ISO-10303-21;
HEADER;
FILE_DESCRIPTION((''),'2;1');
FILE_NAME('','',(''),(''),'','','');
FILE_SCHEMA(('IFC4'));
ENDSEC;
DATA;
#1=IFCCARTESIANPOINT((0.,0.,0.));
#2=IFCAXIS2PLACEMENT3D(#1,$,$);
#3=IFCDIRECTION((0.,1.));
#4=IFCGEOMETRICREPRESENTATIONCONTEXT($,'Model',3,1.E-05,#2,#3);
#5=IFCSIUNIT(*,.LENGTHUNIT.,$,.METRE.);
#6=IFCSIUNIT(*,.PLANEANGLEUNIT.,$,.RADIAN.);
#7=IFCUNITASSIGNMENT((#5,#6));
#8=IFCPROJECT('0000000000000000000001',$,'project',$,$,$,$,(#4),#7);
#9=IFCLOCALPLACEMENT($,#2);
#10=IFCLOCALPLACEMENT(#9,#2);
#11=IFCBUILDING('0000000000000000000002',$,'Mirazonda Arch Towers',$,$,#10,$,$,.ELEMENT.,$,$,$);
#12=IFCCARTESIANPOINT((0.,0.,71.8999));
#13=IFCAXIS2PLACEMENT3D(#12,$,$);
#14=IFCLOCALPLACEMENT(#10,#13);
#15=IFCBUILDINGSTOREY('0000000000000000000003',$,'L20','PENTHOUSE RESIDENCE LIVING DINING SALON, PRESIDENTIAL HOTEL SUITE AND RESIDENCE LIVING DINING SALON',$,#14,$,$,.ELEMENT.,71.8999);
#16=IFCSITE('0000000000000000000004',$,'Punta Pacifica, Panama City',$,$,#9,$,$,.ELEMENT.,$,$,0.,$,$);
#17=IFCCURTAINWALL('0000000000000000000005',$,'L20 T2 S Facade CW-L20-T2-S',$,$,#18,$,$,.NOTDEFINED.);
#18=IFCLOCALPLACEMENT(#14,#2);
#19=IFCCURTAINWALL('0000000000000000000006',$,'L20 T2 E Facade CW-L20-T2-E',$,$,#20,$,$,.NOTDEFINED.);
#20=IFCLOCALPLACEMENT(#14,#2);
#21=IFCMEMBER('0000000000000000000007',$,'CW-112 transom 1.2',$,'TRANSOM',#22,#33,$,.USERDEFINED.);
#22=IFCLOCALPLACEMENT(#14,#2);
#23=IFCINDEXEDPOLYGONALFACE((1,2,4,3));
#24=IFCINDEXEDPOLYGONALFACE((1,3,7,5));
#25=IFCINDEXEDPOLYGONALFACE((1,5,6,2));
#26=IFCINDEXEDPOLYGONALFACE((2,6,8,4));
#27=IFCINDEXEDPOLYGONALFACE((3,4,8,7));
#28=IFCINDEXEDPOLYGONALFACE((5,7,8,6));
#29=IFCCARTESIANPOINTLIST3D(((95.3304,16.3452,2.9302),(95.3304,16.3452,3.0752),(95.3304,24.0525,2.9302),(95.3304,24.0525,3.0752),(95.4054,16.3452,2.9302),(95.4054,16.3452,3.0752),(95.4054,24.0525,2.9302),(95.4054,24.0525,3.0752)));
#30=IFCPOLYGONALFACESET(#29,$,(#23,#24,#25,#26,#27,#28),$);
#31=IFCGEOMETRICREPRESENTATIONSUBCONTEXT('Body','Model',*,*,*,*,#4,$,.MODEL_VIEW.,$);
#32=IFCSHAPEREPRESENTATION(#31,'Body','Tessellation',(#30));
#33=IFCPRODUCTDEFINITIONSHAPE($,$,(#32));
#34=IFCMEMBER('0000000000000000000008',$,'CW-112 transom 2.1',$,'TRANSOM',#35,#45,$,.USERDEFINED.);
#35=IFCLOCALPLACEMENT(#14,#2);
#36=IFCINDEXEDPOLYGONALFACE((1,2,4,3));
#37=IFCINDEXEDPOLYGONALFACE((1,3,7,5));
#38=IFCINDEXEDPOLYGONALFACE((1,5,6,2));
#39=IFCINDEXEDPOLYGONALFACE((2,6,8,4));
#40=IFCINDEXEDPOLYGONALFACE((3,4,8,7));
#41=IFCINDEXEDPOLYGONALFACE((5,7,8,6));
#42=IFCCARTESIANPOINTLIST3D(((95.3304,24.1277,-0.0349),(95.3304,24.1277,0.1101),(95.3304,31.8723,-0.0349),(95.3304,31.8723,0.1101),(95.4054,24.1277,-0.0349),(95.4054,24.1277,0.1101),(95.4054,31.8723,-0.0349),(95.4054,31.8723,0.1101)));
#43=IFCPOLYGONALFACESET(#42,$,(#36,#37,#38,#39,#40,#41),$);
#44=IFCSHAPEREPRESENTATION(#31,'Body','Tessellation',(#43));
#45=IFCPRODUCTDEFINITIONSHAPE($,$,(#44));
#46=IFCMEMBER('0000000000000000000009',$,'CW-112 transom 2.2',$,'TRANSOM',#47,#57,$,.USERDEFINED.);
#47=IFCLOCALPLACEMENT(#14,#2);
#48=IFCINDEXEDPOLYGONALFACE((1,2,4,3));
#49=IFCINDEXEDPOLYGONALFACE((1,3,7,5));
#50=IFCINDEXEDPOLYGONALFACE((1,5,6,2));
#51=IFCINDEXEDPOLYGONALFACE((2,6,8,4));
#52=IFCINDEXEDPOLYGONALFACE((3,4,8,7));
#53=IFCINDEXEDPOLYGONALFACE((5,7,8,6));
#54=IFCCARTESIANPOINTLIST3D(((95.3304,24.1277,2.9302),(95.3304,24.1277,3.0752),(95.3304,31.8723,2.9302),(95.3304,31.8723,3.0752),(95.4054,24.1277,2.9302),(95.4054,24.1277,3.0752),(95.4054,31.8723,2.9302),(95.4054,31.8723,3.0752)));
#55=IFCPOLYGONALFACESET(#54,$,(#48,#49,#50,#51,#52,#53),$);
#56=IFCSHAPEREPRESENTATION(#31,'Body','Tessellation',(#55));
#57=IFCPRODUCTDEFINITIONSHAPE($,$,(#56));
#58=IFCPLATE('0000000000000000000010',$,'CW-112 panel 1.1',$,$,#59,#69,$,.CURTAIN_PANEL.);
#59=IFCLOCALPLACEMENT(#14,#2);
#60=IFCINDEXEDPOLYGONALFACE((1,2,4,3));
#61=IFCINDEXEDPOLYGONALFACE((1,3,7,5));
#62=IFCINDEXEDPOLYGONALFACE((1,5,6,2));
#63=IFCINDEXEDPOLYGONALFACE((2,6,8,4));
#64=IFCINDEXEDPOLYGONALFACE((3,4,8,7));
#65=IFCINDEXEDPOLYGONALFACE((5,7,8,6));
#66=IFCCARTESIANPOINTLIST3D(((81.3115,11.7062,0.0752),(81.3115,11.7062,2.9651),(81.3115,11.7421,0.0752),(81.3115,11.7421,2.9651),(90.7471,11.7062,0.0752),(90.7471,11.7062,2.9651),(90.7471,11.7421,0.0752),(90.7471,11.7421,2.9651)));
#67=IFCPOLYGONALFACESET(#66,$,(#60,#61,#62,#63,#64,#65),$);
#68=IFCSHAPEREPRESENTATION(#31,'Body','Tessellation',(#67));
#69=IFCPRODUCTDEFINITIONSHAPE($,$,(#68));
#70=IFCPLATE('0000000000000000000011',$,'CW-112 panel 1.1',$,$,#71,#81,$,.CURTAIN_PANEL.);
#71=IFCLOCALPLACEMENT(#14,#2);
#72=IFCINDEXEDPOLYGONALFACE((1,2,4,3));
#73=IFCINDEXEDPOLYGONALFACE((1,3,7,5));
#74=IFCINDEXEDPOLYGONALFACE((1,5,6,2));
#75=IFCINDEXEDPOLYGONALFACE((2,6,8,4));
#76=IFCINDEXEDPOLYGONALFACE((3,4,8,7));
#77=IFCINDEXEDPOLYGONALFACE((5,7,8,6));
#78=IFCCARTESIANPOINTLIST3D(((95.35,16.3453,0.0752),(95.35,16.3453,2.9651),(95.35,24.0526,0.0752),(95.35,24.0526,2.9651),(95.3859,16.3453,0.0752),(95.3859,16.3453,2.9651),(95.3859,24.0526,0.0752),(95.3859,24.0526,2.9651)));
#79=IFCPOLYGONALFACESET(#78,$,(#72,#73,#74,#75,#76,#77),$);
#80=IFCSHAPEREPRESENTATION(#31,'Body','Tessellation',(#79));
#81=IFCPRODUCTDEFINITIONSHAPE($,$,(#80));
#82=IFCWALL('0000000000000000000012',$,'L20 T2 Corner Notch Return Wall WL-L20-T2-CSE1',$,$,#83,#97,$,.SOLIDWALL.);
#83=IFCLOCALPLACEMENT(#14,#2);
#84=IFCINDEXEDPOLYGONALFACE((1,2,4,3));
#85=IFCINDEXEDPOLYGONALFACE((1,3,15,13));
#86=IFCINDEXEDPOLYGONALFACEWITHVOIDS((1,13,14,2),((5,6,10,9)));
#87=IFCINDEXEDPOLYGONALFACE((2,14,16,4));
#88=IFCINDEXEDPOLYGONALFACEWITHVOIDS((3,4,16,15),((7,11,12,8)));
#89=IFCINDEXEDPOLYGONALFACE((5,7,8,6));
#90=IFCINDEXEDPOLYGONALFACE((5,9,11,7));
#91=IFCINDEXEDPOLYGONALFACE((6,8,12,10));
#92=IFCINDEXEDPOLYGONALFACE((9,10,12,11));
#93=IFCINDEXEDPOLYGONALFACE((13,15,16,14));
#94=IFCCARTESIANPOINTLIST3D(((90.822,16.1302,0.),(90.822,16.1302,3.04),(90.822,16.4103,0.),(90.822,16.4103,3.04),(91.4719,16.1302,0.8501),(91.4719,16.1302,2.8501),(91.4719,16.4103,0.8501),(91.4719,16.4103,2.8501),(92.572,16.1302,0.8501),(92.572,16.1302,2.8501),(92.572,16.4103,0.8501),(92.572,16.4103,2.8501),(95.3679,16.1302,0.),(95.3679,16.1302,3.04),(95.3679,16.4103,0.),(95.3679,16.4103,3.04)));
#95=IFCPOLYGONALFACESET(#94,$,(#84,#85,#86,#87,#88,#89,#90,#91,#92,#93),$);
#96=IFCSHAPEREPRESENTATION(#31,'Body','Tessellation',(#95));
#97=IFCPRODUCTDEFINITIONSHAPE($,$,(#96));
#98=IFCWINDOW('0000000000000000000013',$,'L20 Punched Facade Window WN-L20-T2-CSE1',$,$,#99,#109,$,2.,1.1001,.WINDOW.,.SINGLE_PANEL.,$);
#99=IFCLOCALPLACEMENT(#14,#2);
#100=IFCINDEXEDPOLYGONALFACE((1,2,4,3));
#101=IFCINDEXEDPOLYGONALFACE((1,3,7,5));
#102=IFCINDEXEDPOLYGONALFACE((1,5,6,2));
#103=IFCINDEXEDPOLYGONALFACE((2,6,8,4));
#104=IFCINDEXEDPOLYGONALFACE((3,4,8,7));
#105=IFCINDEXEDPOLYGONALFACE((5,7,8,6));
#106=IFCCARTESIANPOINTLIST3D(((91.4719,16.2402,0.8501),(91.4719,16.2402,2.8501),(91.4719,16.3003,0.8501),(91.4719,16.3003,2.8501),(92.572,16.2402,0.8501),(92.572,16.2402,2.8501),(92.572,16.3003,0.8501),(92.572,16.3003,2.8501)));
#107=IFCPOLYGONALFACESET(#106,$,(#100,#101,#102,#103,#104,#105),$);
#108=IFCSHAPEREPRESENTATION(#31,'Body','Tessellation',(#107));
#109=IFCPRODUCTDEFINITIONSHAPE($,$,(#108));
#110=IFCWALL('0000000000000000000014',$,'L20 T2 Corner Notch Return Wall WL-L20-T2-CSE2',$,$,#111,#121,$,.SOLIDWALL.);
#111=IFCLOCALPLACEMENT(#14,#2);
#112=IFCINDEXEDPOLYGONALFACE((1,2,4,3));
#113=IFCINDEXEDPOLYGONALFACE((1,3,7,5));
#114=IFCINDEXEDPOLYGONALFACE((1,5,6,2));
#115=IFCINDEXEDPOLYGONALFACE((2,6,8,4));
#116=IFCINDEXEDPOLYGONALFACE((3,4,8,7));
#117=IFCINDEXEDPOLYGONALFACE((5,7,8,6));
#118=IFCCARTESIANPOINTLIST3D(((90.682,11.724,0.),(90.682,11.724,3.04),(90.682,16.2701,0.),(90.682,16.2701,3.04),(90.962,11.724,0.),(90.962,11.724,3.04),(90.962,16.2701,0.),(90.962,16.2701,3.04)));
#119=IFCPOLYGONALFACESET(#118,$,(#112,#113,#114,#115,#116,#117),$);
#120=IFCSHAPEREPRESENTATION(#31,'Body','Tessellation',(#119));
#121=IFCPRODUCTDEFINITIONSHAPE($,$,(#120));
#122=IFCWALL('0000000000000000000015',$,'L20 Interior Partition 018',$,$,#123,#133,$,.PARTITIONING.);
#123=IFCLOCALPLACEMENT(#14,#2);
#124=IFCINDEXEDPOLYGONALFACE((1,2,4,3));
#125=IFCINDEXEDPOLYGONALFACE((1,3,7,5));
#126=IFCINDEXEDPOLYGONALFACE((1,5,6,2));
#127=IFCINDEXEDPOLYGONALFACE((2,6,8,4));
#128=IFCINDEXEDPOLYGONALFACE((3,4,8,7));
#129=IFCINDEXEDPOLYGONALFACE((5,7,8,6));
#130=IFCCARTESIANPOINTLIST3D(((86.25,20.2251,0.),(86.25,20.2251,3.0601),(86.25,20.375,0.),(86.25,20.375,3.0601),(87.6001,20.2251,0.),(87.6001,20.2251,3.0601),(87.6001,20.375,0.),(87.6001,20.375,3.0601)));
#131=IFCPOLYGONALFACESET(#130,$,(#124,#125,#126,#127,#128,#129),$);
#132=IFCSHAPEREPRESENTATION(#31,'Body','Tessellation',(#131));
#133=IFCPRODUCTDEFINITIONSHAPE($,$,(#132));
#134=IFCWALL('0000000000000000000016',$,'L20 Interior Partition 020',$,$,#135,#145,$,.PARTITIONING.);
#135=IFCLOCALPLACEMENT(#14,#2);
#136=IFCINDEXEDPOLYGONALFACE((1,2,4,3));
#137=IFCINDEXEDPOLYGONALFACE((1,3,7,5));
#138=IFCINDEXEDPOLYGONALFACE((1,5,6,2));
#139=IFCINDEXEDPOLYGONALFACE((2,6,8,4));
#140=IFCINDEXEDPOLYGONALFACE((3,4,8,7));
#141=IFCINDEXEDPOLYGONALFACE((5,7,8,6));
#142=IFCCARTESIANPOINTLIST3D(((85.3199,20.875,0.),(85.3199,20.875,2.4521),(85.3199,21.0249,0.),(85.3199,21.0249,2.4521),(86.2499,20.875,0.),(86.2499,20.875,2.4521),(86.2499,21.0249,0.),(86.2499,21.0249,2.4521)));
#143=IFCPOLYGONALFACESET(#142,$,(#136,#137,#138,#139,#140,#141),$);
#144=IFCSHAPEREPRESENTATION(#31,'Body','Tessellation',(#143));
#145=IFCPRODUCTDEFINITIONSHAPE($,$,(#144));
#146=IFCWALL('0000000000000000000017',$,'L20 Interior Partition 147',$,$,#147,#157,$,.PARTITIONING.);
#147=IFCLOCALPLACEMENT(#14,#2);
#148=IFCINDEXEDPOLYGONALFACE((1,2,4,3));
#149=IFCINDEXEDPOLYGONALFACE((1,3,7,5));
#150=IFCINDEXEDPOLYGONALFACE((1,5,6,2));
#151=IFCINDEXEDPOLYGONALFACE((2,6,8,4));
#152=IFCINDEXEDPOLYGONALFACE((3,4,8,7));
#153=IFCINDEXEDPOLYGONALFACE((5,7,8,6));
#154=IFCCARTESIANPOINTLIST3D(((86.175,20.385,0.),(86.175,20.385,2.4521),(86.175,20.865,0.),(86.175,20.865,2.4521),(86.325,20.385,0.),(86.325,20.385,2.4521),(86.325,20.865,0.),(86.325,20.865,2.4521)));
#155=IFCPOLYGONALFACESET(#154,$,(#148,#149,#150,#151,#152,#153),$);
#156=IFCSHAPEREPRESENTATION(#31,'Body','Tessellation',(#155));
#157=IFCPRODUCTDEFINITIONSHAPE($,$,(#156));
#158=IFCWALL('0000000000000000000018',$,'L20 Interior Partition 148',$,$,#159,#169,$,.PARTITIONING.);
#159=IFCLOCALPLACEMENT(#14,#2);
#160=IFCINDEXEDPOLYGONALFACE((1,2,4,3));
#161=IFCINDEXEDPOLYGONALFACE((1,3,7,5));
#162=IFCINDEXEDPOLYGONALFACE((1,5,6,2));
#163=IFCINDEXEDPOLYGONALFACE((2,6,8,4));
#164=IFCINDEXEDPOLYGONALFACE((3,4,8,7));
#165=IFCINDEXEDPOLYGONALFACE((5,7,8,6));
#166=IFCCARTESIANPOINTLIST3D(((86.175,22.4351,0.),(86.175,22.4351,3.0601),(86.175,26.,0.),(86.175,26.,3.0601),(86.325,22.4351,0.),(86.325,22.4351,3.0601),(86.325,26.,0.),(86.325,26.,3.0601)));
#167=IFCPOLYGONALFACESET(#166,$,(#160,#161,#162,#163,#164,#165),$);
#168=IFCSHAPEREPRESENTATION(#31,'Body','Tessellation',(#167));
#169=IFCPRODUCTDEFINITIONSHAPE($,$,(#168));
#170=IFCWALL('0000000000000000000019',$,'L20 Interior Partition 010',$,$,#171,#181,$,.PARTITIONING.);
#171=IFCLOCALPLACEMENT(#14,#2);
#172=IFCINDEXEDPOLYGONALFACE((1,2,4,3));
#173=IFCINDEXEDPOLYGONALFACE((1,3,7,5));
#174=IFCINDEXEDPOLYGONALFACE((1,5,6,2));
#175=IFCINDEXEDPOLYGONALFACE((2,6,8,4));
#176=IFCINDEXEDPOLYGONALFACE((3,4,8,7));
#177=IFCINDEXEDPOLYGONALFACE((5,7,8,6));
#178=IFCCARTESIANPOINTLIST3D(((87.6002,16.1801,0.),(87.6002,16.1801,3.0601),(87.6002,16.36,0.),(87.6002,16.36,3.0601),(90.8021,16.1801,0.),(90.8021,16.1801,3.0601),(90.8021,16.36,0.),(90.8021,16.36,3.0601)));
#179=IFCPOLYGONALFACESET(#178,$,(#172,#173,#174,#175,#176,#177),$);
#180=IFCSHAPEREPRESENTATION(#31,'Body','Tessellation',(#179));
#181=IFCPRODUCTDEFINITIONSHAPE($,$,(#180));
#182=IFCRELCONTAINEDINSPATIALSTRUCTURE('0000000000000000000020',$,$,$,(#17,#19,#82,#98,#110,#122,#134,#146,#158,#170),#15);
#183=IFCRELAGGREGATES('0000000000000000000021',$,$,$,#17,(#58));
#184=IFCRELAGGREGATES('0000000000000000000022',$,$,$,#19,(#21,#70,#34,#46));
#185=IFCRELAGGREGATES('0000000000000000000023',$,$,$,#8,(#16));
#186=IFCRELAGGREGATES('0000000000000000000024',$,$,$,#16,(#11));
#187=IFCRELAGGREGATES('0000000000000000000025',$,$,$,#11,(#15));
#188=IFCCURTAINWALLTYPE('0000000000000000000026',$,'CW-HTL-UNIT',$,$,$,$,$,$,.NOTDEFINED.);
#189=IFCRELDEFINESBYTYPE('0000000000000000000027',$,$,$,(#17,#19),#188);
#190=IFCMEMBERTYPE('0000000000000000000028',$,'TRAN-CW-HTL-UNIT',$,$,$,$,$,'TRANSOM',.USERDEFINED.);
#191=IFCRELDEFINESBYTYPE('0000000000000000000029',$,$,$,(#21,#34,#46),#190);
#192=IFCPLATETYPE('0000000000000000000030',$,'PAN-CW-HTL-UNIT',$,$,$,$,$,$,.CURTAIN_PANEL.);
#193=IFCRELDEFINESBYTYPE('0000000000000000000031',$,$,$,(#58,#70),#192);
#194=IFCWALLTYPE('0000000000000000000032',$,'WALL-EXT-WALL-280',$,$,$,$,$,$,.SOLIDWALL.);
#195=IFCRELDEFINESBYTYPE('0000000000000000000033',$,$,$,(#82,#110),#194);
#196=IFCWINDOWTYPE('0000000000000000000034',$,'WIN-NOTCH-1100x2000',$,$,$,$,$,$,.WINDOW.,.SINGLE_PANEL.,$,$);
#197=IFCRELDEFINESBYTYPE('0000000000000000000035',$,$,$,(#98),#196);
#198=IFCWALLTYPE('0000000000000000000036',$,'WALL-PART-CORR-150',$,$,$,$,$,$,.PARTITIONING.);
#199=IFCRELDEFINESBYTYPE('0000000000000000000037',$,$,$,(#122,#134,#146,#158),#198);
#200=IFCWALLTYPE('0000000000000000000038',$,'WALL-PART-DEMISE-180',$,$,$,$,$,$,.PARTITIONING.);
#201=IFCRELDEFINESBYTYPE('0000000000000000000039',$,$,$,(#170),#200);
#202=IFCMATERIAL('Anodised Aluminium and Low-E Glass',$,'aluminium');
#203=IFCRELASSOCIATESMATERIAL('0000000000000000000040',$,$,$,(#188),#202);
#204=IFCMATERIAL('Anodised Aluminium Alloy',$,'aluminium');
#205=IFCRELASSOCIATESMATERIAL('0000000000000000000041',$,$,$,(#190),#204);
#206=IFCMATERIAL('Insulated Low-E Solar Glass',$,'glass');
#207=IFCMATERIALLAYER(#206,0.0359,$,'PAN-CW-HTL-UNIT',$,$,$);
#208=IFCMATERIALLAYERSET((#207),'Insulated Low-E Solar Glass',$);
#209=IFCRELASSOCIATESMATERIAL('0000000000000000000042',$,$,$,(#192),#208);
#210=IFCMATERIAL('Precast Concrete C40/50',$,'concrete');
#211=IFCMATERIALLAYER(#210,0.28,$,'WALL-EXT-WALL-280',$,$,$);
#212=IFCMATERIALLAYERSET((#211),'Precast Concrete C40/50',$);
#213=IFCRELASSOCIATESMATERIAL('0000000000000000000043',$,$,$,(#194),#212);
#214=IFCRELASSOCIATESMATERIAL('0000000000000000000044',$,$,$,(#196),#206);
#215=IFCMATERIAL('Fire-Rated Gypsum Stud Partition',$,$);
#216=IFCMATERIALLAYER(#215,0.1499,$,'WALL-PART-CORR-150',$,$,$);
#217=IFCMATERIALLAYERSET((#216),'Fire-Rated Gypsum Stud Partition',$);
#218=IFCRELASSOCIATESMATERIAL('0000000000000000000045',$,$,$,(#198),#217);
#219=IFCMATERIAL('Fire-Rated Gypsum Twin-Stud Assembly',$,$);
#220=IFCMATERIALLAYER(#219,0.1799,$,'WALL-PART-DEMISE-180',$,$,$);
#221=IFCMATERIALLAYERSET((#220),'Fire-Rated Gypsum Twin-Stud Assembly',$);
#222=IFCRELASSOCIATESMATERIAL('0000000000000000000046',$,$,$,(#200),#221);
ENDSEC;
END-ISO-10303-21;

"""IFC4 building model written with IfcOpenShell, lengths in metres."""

from ifc_helpers import new_model, si_unit, direction, frame, frame_2d, origin, origin_2d, place, context, subcontext, project, spatial, rectangle, extrude, material, layer, layer_set, material_profile, profile_set, type_object, element, fill, aggregate, save


model = new_model("IFC4")

# Units and contexts
model_context = context("Model", 3, precision=1e-05, world=origin(), true_north=direction((0.0, 1.0)))
body_context = subcontext(model_context, "Body", "Model", "MODEL_VIEW")
ifc_project = project(units=[si_unit("LENGTHUNIT", "METRE"), si_unit("PLANEANGLEUNIT", "RADIAN")], contexts=[model_context])

# Site, building, storey
site_placement = place(None, origin())
site = spatial("IfcSite", under=ifc_project, at=site_placement, Name="Punta Pacifica, Panama City", CompositionType="ELEMENT", RefElevation=0.0)
building_placement = place(site_placement, origin())
building = spatial("IfcBuilding", under=site, at=building_placement, Name="Mirazonda Arch Towers", CompositionType="ELEMENT")
storey_placement = place(building_placement, frame((0.0, 0.0, 71.8999)))
storey = spatial("IfcBuildingStorey", under=building, at=storey_placement, Name="L20", Description="PENTHOUSE RESIDENCE LIVING DINING SALON, PRESIDENTIAL HOTEL SUITE AND RESIDENCE LIVING DINING SALON", CompositionType="ELEMENT", Elevation=71.8999)

# Curtain wall
ifc_material_1 = material(Name="Anodised Aluminium and Low-E Glass", Category="aluminium")
curtain_wall_type = type_object("IfcCurtainWallType", Name="CW-HTL-UNIT", PredefinedType="NOTDEFINED", material=ifc_material_1)
curtain_wall_1_placement = place(storey_placement, origin())
curtain_wall_1 = element("IfcCurtainWall", 1, at=curtain_wall_1_placement, inside=storey, type_object=curtain_wall_type, Name="L20 T2 S Facade CW-L20-T2-S", PredefinedType="NOTDEFINED")
ifc_material_2 = material(Name="Anodised Aluminium Alloy", Category="aluminium")

# Curtain wall
curtain_wall_2_placement = place(storey_placement, origin())
curtain_wall_2 = element("IfcCurtainWall", 2, at=curtain_wall_2_placement, inside=storey, type_object=curtain_wall_type, Name="L20 T2 E Facade CW-L20-T2-E", PredefinedType="NOTDEFINED")

# Members
ifc_material_profile_1 = material_profile(ifc_material_2, rectangle(XDim=0.075, YDim=0.145, at=origin_2d()), Name="ALU-TRAN-75x145")
ifc_profile_set_1 = profile_set([ifc_material_profile_1], Name="Anodised Aluminium Alloy")
member_type_1 = type_object("IfcMemberType", Name="TRAN-CW-HTL-UNIT", ElementType="TRANSOM", PredefinedType="USERDEFINED", material=ifc_profile_set_1)
member_1_placement = place(storey_placement, frame((95.3679, 16.3452, 3.0027), z_axis=(0.0, 1.0, 0.0), x_axis=(-1.0, 0.0, 0.0)))
member_1 = element("IfcMember", 3, at=member_1_placement, type_object=member_type_1, Name="CW-112 transom 1.2", ObjectType="TRANSOM", PredefinedType="USERDEFINED", context=body_context, shape_type="SweptSolid", body=[
    extrude(rectangle(XDim=0.075, YDim=0.145, at=origin_2d()), origin(), (0.0, 0.0, 1.0), 7.7073),
])
member_2_placement = place(storey_placement, frame((95.3679, 24.1277, 0.0376), z_axis=(0.0, 1.0, 0.0), x_axis=(-1.0, 0.0, 0.0)))
member_2 = element("IfcMember", 4, at=member_2_placement, type_object=member_type_1, Name="CW-112 transom 2.1", ObjectType="TRANSOM", PredefinedType="USERDEFINED", context=body_context, shape_type="SweptSolid", body=[
    extrude(rectangle(XDim=0.075, YDim=0.145, at=origin_2d()), origin(), (0.0, 0.0, 1.0), 7.7446),
])
member_3_placement = place(storey_placement, frame((95.3679, 24.1277, 3.0027), z_axis=(0.0, 1.0, 0.0), x_axis=(-1.0, 0.0, 0.0)))
member_3 = element("IfcMember", 5, at=member_3_placement, type_object=member_type_1, Name="CW-112 transom 2.2", ObjectType="TRANSOM", PredefinedType="USERDEFINED", context=body_context, shape_type="SweptSolid", body=[
    extrude(rectangle(XDim=0.075, YDim=0.145, at=origin_2d()), origin(), (0.0, 0.0, 1.0), 7.7446),
])

# Plates
ifc_material_3 = material(Name="Insulated Low-E Solar Glass", Category="glass")
ifc_layer_1 = layer(ifc_material_3, 0.0359, Name="PAN-CW-HTL-UNIT")
ifc_layer_set_1 = layer_set([ifc_layer_1], Name="Insulated Low-E Solar Glass")
plate_type = type_object("IfcPlateType", Name="PAN-CW-HTL-UNIT", PredefinedType="CURTAIN_PANEL", material=ifc_layer_set_1)
plate_1_placement = place(storey_placement, frame((86.0293, 11.7241, 0.0752), z_axis=(0.0, 0.0, 1.0), x_axis=(-1.0, 0.0, 0.0)))
plate_1 = element("IfcPlate", 6, at=plate_1_placement, type_object=plate_type, Name="CW-112 panel 1.1", PredefinedType="CURTAIN_PANEL", context=body_context, shape_type="SweptSolid", body=[
    extrude(rectangle(XDim=9.4355, YDim=0.0359, at=origin_2d()), origin(), (0.0, 0.0, 1.0), 2.8899),
])
aggregate(curtain_wall_1, [plate_1])
plate_2_placement = place(storey_placement, frame((95.3679, 20.199, 0.0752), z_axis=(0.0, 0.0, 1.0), x_axis=(0.0, 1.0, 0.0)))
plate_2 = element("IfcPlate", 7, at=plate_2_placement, type_object=plate_type, Name="CW-112 panel 1.1", PredefinedType="CURTAIN_PANEL", context=body_context, shape_type="SweptSolid", body=[
    extrude(rectangle(XDim=7.7073, YDim=0.0359, at=origin_2d()), origin(), (0.0, 0.0, 1.0), 2.8899),
])
aggregate(curtain_wall_2, [member_1, plate_2, member_2, member_3])

# Wall, opening, window
ifc_material_4 = material(Name="Precast Concrete C40/50", Category="concrete")
ifc_layer_2 = layer(ifc_material_4, 0.28, Name="WALL-EXT-WALL-280")
ifc_layer_set_2 = layer_set([ifc_layer_2], Name="Precast Concrete C40/50")
wall_type_1 = type_object("IfcWallType", Name="WALL-EXT-WALL-280", PredefinedType="SOLIDWALL", material=ifc_layer_set_2)
wall_1_placement = place(storey_placement, frame((90.822, 16.2703, 0.0), z_axis=(0.0, 0.0, 1.0), x_axis=(1.0, 0.0, 0.0)))
wall_1 = element("IfcWall", 8, at=wall_1_placement, inside=storey, type_object=wall_type_1, Name="L20 T2 Corner Notch Return Wall WL-L20-T2-CSE1", PredefinedType="SOLIDWALL", context=body_context, shape_type="SweptSolid", body=[
    extrude(rectangle(XDim=4.5459, YDim=0.28, at=frame_2d((2.2729, 0.0))), origin(), (0.0, 0.0, 1.0), 3.04),
])
opening_1_placement = place(wall_1_placement, frame((0.6499, 0.0, 0.8501)))
opening_1 = element("IfcOpeningElement", 9, at=opening_1_placement, cuts=wall_1, PredefinedType="OPENING", context=body_context, shape_type="SweptSolid", body=[
    extrude(rectangle(XDim=1.1001, YDim=2.0, at=frame_2d((0.55, 1.0))), frame((0.0, 0.1499, 0.0), z_axis=(0.0, -1.0, 0.0), x_axis=(1.0, 0.0, 0.0)), (0.0, 0.0, 1.0), 0.3),
])
window_type = type_object("IfcWindowType", Name="WIN-NOTCH-1100x2000", PartitioningType="SINGLE_PANEL", PredefinedType="WINDOW", material=ifc_material_3)
window_placement = place(opening_1_placement, origin())
window = element("IfcWindow", 10, at=window_placement, inside=storey, type_object=window_type, Name="L20 Punched Facade Window WN-L20-T2-CSE1", OverallHeight=2.0, OverallWidth=1.1001, PartitioningType="SINGLE_PANEL", PredefinedType="WINDOW", context=body_context, shape_type="SweptSolid", body=[
    extrude(rectangle(XDim=1.1001, YDim=2.0, at=frame_2d((0.55, 1.0))), frame((0.0, 0.03, 0.0), z_axis=(0.0, -1.0, 0.0), x_axis=(1.0, 0.0, 0.0)), (0.0, 0.0, 1.0), 0.0601),
])
fill(opening_1, window)

# Walls
wall_2_placement = place(storey_placement, frame((90.822, 11.7241, 0.0), z_axis=(0.0, 0.0, 1.0), x_axis=(0.0, 1.0, 0.0)))
element("IfcWall", 11, at=wall_2_placement, inside=storey, type_object=wall_type_1, Name="L20 T2 Corner Notch Return Wall WL-L20-T2-CSE2", PredefinedType="SOLIDWALL", context=body_context, shape_type="SweptSolid", body=[
    extrude(rectangle(XDim=4.5461, YDim=0.28, at=frame_2d((2.2729, 0.0))), origin(), (0.0, 0.0, 1.0), 3.04),
])
ifc_material_5 = material(Name="Fire-Rated Gypsum Stud Partition")
ifc_layer_3 = layer(ifc_material_5, 0.1499, Name="WALL-PART-CORR-150")
ifc_layer_set_3 = layer_set([ifc_layer_3], Name="Fire-Rated Gypsum Stud Partition")
wall_type_2 = type_object("IfcWallType", Name="WALL-PART-CORR-150", PredefinedType="PARTITIONING", material=ifc_layer_set_3)
wall_3_placement = place(storey_placement, frame((86.25, 20.3, 0.0), z_axis=(0.0, 0.0, 1.0), x_axis=(1.0, 0.0, 0.0)))
element("IfcWall", 12, at=wall_3_placement, inside=storey, type_object=wall_type_2, Name="L20 Interior Partition 018", PredefinedType="PARTITIONING", context=body_context, shape_type="SweptSolid", body=[
    extrude(rectangle(XDim=1.3501, YDim=0.1499, at=frame_2d((0.675, 0.0))), origin(), (0.0, 0.0, 1.0), 3.0601),
])
wall_4_placement = place(storey_placement, frame((85.3201, 20.95, 0.0), z_axis=(0.0, 0.0, 1.0), x_axis=(1.0, 0.0, 0.0)))
element("IfcWall", 13, at=wall_4_placement, inside=storey, type_object=wall_type_2, Name="L20 Interior Partition 020", PredefinedType="PARTITIONING", context=body_context, shape_type="SweptSolid", body=[
    extrude(rectangle(XDim=0.9299, YDim=0.1499, at=frame_2d((0.4648, 0.0))), origin(), (0.0, 0.0, 1.0), 2.4521),
])
wall_5_placement = place(storey_placement, frame((86.25, 20.385, 0.0), z_axis=(0.0, 0.0, 1.0), x_axis=(0.0, 1.0, 0.0)))
element("IfcWall", 14, at=wall_5_placement, inside=storey, type_object=wall_type_2, Name="L20 Interior Partition 147", PredefinedType="PARTITIONING", context=body_context, shape_type="SweptSolid", body=[
    extrude(rectangle(XDim=0.48, YDim=0.1499, at=frame_2d((0.24, 0.0))), origin(), (0.0, 0.0, 1.0), 2.4521),
])
wall_6_placement = place(storey_placement, frame((86.25, 22.4351, 0.0), z_axis=(0.0, 0.0, 1.0), x_axis=(0.0, 1.0, 0.0)))
element("IfcWall", 15, at=wall_6_placement, inside=storey, type_object=wall_type_2, Name="L20 Interior Partition 148", PredefinedType="PARTITIONING", context=body_context, shape_type="SweptSolid", body=[
    extrude(rectangle(XDim=3.5649, YDim=0.1499, at=frame_2d((1.7825, 0.0))), origin(), (0.0, 0.0, 1.0), 3.0601),
])
ifc_material_6 = material(Name="Fire-Rated Gypsum Twin-Stud Assembly")
ifc_layer_4 = layer(ifc_material_6, 0.1799, Name="WALL-PART-DEMISE-180")
ifc_layer_set_4 = layer_set([ifc_layer_4], Name="Fire-Rated Gypsum Twin-Stud Assembly")
wall_type_3 = type_object("IfcWallType", Name="WALL-PART-DEMISE-180", PredefinedType="PARTITIONING", material=ifc_layer_set_4)
wall_7_placement = place(storey_placement, frame((87.6001, 16.27, 0.0), z_axis=(0.0, 0.0, 1.0), x_axis=(1.0, 0.0, 0.0)))
element("IfcWall", 16, at=wall_7_placement, inside=storey, type_object=wall_type_3, Name="L20 Interior Partition 010", PredefinedType="PARTITIONING", context=body_context, shape_type="SweptSolid", body=[
    extrude(rectangle(XDim=3.2019, YDim=0.1799, at=frame_2d((1.6011, 0.0))), origin(), (0.0, 0.0, 1.0), 3.0601),
])

save(model, "model.ifc")
